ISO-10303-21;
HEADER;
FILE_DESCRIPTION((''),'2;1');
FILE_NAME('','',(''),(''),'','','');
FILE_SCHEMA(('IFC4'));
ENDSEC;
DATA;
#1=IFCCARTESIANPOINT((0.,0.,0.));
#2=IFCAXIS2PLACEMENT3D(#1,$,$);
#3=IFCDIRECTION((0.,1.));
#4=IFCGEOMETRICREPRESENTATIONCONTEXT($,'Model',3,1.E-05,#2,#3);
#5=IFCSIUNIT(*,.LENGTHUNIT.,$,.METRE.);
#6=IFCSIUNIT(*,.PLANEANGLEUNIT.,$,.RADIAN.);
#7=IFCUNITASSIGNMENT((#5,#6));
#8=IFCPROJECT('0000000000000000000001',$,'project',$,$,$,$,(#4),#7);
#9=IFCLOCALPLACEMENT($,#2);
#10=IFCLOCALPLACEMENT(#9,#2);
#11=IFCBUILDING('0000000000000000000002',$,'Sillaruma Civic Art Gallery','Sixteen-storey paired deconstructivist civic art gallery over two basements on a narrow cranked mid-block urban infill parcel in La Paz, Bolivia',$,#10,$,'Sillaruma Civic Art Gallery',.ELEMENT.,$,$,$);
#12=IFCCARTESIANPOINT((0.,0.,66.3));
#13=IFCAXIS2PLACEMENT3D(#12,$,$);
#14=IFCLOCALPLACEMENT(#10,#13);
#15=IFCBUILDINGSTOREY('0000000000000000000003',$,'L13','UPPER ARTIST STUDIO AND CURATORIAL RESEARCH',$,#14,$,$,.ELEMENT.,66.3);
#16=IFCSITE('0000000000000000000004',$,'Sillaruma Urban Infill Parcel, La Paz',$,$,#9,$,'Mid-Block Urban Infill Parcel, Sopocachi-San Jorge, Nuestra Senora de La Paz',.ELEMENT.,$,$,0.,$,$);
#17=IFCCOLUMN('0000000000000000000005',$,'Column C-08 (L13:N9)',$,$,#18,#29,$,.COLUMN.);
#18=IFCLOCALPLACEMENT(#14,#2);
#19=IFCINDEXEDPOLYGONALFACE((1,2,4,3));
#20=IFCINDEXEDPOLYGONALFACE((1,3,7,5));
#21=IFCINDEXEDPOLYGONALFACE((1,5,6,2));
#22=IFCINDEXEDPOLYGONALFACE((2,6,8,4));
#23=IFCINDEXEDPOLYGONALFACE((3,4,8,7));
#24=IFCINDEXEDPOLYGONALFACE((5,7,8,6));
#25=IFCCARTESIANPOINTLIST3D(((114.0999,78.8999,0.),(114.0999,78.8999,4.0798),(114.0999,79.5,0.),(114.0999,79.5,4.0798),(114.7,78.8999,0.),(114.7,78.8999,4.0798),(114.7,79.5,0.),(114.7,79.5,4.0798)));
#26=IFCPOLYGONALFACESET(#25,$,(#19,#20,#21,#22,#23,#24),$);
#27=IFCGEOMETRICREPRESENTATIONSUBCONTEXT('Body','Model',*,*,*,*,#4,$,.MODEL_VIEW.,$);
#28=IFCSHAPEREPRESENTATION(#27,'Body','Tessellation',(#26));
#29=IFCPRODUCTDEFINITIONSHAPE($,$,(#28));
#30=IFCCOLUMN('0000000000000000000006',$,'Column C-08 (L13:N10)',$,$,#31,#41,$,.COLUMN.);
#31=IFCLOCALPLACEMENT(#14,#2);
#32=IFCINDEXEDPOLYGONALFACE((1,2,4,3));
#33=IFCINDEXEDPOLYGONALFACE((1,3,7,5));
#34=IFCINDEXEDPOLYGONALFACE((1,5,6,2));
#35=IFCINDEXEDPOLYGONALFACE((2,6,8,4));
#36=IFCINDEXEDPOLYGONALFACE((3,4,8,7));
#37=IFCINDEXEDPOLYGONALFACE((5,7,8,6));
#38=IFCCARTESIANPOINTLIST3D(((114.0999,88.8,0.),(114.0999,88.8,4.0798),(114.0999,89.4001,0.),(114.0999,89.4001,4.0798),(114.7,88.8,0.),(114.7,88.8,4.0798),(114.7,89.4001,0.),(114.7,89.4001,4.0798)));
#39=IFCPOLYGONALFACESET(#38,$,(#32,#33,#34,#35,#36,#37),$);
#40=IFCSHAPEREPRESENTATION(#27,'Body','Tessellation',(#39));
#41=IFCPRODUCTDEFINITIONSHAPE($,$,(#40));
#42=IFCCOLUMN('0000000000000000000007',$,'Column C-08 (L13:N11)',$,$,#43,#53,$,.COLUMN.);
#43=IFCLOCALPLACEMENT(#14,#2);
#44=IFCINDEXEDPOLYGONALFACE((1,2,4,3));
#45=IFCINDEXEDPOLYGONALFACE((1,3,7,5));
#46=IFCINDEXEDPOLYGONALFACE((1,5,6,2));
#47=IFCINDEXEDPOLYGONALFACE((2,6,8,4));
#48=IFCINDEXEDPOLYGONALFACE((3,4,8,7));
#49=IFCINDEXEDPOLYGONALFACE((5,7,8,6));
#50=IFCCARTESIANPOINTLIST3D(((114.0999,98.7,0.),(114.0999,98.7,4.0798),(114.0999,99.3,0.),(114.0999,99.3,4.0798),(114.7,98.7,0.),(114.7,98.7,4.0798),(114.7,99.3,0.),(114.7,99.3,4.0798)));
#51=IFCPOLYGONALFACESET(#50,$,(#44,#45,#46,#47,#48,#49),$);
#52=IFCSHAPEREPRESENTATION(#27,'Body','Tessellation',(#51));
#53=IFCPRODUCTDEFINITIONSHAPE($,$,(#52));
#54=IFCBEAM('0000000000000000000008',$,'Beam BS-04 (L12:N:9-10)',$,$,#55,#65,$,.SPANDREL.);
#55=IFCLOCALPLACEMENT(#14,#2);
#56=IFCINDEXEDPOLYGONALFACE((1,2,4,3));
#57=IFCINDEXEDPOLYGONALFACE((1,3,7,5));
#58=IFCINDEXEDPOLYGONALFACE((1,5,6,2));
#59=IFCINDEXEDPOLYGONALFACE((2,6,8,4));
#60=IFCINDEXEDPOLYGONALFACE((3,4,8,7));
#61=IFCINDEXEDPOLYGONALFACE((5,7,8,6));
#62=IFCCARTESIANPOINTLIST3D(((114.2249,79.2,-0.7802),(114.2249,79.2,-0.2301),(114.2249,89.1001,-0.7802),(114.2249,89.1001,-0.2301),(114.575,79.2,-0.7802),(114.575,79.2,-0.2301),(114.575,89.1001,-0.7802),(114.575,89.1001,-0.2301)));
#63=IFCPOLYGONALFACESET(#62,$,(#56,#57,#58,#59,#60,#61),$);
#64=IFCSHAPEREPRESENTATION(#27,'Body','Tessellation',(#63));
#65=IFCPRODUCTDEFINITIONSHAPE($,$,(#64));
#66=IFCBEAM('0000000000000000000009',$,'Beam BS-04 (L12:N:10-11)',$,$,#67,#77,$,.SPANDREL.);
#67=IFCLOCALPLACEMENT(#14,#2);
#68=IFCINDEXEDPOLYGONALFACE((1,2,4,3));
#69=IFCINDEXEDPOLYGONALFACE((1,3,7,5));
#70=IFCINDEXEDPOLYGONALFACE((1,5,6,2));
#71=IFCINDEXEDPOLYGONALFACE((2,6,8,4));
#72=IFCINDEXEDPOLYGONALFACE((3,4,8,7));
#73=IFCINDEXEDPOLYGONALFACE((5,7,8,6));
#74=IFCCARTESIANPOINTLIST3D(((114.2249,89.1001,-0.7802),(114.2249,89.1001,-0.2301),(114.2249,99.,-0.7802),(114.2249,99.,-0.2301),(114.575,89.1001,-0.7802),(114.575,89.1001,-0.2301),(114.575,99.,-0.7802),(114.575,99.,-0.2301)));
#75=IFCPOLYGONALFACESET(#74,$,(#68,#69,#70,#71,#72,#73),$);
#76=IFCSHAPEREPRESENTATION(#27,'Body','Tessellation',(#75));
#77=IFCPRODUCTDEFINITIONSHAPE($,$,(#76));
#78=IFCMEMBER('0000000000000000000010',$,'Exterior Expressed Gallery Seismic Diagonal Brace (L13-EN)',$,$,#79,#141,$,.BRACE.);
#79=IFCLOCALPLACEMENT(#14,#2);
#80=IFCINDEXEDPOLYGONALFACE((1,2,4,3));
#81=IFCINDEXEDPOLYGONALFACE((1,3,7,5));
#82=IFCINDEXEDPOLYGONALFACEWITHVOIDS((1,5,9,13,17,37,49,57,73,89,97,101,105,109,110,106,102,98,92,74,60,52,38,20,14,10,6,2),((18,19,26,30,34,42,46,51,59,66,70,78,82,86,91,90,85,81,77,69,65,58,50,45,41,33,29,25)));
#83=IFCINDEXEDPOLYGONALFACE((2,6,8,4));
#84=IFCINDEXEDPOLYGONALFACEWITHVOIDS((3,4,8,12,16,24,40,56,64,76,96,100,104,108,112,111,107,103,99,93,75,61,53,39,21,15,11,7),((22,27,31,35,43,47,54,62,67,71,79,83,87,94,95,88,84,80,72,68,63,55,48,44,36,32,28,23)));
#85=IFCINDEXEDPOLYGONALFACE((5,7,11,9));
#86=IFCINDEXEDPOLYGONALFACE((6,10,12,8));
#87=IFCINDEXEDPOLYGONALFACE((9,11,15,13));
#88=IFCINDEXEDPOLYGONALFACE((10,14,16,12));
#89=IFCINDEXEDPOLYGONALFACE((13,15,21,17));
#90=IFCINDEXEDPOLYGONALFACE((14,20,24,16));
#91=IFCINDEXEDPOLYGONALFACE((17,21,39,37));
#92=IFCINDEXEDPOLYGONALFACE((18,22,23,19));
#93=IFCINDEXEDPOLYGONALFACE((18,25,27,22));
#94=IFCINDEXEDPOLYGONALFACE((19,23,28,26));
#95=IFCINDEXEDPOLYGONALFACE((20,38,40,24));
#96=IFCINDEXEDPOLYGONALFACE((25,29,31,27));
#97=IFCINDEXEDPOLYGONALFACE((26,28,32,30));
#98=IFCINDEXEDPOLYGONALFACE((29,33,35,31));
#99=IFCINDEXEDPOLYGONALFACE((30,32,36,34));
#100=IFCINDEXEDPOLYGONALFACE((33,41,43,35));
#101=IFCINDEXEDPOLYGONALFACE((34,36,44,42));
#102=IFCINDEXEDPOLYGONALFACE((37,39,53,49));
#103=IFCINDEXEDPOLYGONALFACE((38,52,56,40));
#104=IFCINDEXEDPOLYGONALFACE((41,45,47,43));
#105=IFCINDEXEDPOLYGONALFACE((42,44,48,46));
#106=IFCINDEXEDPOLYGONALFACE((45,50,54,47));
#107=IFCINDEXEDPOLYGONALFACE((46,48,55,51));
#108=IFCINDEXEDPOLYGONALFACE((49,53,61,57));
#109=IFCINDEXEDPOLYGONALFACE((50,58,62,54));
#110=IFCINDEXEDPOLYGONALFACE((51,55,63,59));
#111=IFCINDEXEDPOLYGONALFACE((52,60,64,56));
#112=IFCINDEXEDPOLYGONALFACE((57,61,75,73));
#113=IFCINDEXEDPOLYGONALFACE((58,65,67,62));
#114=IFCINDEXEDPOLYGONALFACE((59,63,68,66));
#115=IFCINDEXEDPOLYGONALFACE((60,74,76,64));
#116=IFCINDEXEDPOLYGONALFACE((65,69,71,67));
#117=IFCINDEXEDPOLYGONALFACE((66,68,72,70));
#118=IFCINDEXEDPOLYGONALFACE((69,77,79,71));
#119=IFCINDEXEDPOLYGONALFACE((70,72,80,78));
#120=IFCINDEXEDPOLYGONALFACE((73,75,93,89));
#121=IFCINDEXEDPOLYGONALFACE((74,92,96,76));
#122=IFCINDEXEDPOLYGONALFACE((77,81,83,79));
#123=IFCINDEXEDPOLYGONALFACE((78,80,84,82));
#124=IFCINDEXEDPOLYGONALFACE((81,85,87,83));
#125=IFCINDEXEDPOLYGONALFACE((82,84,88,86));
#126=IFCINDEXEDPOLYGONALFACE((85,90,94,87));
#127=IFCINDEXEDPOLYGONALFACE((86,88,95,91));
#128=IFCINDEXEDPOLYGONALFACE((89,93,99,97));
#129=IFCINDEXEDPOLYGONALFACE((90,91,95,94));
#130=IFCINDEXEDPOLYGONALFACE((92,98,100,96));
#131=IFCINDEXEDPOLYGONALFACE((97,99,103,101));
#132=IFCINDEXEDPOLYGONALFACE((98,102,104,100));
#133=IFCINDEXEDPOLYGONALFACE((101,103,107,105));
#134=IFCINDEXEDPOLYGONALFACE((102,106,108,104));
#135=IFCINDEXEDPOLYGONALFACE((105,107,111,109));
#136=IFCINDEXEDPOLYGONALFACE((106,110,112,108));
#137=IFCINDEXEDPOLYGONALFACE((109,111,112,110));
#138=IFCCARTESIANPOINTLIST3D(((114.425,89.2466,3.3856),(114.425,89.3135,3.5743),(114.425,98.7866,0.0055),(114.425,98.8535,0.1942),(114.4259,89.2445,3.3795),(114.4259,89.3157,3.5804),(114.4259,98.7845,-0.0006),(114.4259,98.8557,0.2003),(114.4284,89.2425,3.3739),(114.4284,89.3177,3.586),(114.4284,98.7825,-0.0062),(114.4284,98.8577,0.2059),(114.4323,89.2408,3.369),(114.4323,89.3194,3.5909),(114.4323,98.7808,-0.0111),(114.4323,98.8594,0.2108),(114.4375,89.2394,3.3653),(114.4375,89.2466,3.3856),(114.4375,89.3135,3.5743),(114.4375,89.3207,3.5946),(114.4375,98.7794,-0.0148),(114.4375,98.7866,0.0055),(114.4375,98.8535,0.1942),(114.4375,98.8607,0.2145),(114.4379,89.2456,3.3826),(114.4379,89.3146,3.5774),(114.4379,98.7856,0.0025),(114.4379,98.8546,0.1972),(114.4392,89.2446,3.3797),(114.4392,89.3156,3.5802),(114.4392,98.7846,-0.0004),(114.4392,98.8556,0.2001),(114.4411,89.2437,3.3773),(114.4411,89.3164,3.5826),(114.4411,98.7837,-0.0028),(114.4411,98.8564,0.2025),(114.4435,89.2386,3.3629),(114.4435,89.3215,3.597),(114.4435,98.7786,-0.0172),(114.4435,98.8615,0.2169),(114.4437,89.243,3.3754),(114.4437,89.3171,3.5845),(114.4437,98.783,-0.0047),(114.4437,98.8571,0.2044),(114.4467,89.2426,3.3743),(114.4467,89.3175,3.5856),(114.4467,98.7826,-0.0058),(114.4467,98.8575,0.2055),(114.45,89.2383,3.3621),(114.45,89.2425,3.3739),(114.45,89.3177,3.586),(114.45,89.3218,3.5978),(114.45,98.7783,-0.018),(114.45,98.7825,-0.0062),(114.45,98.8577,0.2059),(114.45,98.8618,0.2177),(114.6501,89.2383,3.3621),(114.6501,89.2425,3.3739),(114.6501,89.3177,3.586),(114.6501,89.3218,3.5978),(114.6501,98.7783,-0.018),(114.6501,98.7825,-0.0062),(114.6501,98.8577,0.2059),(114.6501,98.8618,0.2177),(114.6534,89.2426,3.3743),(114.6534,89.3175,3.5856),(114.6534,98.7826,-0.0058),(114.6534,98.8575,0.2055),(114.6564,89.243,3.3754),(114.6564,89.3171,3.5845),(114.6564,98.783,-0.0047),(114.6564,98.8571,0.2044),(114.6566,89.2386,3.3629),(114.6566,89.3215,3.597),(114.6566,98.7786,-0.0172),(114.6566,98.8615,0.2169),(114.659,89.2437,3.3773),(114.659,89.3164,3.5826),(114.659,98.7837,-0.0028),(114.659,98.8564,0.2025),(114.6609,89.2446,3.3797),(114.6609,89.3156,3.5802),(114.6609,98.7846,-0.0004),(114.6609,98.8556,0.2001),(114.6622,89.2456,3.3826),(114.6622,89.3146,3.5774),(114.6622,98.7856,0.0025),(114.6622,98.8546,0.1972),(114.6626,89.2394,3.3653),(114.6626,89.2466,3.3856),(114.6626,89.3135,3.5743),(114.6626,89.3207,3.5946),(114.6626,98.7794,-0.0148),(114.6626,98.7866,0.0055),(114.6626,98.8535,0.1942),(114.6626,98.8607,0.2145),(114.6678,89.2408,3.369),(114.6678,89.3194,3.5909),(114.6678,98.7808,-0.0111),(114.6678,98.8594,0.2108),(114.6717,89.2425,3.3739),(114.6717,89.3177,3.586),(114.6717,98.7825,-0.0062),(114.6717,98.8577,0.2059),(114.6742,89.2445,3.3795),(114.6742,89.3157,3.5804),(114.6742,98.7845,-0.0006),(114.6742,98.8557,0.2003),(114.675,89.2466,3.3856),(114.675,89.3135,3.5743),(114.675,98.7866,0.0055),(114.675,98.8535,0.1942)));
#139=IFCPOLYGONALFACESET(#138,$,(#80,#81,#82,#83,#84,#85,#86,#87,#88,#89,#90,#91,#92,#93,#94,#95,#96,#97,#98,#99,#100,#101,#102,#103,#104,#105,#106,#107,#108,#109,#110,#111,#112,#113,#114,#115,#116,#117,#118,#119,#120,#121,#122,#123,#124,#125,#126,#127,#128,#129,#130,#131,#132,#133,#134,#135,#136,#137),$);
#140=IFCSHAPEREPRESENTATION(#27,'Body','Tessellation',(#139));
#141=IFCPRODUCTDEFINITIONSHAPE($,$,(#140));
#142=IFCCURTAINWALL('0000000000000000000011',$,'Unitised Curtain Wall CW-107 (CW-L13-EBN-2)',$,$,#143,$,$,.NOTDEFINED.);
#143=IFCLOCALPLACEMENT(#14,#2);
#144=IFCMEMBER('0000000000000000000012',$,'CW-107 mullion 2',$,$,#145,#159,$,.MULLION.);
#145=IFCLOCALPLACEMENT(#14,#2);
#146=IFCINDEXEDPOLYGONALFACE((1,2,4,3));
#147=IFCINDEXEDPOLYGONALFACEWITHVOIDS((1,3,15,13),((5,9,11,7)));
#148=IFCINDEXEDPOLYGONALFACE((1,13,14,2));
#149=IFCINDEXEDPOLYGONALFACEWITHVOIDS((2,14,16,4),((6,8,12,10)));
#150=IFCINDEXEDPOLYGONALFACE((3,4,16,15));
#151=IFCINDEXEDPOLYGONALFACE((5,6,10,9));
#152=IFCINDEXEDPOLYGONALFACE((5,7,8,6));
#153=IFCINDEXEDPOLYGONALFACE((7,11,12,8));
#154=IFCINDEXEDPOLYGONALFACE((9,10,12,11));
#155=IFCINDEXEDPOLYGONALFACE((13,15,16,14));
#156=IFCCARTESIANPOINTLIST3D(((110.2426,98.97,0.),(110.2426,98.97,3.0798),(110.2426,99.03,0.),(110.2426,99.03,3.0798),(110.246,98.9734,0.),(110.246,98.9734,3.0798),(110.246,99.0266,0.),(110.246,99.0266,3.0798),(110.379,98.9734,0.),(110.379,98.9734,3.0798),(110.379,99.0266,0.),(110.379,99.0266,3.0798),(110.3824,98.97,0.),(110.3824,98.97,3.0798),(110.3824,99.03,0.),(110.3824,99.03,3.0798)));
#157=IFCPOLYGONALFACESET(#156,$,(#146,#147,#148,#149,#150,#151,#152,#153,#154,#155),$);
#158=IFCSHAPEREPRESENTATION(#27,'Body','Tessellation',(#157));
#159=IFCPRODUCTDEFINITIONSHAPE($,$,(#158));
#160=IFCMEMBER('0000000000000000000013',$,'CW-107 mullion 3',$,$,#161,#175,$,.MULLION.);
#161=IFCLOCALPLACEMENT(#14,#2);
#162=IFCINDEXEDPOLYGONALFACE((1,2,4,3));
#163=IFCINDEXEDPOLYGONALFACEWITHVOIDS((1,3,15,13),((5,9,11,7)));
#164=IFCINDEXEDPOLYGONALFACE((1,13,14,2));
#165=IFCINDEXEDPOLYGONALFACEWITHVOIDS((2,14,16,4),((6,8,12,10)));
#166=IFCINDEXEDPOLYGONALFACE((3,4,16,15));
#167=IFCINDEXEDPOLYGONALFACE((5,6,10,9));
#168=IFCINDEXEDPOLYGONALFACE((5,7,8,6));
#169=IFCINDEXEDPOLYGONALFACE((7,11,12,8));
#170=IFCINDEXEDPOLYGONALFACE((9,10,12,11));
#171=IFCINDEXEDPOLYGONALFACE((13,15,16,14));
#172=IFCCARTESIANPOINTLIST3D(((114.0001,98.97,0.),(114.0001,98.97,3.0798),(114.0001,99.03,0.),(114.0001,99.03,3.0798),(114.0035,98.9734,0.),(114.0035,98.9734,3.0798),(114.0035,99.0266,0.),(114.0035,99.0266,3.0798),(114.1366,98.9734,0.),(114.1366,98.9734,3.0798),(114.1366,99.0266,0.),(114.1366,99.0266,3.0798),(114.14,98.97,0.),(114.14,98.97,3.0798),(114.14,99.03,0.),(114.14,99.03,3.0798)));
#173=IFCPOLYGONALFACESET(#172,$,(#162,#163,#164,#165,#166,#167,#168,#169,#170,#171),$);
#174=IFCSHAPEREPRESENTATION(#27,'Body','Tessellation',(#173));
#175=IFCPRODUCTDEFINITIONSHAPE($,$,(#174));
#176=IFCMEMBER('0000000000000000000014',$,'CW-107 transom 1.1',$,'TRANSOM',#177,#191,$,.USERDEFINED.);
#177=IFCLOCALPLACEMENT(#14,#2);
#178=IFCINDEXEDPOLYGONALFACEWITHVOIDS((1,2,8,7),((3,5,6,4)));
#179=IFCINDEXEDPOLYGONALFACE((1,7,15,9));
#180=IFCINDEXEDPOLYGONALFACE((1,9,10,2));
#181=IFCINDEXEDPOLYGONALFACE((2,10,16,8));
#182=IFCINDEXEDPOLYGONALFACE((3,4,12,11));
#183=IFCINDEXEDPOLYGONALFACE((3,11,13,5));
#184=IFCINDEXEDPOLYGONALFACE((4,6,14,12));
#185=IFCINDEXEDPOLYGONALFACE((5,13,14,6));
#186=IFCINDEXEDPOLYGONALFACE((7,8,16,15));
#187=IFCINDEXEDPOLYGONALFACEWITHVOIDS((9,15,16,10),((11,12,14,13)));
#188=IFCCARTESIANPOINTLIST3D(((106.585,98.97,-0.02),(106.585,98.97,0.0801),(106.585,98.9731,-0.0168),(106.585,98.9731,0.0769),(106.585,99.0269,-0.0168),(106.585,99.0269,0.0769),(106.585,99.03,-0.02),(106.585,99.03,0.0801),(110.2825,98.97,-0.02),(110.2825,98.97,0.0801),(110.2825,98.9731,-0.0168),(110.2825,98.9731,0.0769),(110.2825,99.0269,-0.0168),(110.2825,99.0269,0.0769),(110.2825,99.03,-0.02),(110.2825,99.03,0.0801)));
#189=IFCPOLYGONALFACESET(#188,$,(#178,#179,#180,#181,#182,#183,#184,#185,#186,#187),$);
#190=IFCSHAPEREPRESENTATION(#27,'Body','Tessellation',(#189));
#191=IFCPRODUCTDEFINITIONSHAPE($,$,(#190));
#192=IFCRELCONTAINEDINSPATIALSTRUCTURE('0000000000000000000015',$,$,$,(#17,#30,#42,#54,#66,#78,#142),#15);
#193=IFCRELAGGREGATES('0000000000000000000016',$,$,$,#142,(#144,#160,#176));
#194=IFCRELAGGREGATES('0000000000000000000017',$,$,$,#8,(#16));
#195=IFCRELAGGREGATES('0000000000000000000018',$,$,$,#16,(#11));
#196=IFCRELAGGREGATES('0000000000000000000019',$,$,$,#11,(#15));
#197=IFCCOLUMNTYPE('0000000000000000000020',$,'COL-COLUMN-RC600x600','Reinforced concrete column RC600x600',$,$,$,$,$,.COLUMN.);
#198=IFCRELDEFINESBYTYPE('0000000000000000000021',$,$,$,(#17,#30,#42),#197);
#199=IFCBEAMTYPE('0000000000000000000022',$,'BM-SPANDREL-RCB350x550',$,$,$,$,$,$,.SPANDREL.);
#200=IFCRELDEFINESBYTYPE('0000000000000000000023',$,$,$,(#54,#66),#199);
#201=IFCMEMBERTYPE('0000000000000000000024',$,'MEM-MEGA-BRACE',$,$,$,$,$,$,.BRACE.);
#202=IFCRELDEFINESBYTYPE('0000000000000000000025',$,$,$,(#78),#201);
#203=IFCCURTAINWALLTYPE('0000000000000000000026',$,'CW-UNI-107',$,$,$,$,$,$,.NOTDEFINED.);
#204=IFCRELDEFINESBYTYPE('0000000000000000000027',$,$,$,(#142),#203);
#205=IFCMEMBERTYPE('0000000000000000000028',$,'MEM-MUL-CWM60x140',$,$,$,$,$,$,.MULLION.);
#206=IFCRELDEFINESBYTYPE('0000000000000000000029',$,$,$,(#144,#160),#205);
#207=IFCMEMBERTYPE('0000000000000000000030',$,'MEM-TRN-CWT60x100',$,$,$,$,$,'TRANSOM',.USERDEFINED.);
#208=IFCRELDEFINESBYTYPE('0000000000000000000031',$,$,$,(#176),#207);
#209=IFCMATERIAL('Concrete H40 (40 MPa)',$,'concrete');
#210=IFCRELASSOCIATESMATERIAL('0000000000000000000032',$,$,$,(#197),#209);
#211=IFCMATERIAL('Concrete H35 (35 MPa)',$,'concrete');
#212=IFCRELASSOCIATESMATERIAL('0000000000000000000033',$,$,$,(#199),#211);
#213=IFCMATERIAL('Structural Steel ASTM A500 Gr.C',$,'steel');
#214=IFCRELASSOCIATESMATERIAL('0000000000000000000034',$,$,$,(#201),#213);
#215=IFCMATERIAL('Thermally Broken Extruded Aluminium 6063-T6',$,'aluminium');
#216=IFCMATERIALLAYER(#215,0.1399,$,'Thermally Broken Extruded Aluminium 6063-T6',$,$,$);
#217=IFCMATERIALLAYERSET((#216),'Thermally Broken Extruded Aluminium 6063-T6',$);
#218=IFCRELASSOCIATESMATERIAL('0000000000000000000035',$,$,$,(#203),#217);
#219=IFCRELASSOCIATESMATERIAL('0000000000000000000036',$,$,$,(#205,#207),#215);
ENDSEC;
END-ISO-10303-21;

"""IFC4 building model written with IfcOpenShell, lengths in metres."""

from ifc_helpers import new_model, si_unit, direction, frame, origin, origin_2d, place, context, subcontext, project, spatial, rectangle, hollow_rectangle, extrude, material, layer, layer_set, material_profile, profile_set, type_object, element, aggregate, save


model = new_model("IFC4")

# Units and contexts
model_context = context("Model", 3, precision=1e-05, world=origin(), true_north=direction((0.0, 1.0)))
body_context = subcontext(model_context, "Body", "Model", "MODEL_VIEW")
ifc_project = project(units=[si_unit("LENGTHUNIT", "METRE"), si_unit("PLANEANGLEUNIT", "RADIAN")], contexts=[model_context])

# Site, building, storey
site_placement = place(None, origin())
site = spatial("IfcSite", under=ifc_project, at=site_placement, Name="Sillaruma Urban Infill Parcel, La Paz", LongName="Mid-Block Urban Infill Parcel, Sopocachi-San Jorge, Nuestra Senora de La Paz", CompositionType="ELEMENT", RefElevation=0.0)
building_placement = place(site_placement, origin())
building = spatial("IfcBuilding", under=site, at=building_placement, Name="Sillaruma Civic Art Gallery", Description="Sixteen-storey paired deconstructivist civic art gallery over two basements on a narrow cranked mid-block urban infill parcel in La Paz, Bolivia", LongName="Sillaruma Civic Art Gallery", CompositionType="ELEMENT")
storey_placement = place(building_placement, frame((0.0, 0.0, 66.3)))
storey = spatial("IfcBuildingStorey", under=building, at=storey_placement, Name="L13", Description="UPPER ARTIST STUDIO AND CURATORIAL RESEARCH", CompositionType="ELEMENT", Elevation=66.3)

# Columns
ifc_material_1 = material(Name="Concrete H40 (40 MPa)", Category="concrete")
ifc_material_profile_1 = material_profile(ifc_material_1, rectangle(XDim=0.6001, YDim=0.6001, at=origin_2d()), Name="RC600x600")
ifc_profile_set_1 = profile_set([ifc_material_profile_1], Name="Concrete H40 (40 MPa)")
column_type = type_object("IfcColumnType", Name="COL-COLUMN-RC600x600", Description="Reinforced concrete column RC600x600", PredefinedType="COLUMN", material=ifc_profile_set_1)
for number, where, z_axis, x_axis, name in (
    (1, (114.3999, 79.2, 0.0), (0.0, 0.0, 1.0), (1.0, 0.0, 0.0), "Column C-08 (L13:N9)"),
    (2, (114.3999, 89.1001, 0.0), (0.0, 0.0, 1.0), (1.0, 0.0, 0.0), "Column C-08 (L13:N10)"),
    (3, (114.3999, 99.0, 0.0), (0.0, 0.0, 1.0), (1.0, 0.0, 0.0), "Column C-08 (L13:N11)"),
):
    element("IfcColumn", number, at=place(storey_placement, frame(where, z_axis=z_axis, x_axis=x_axis)), inside=storey, type_object=column_type, Name=name, PredefinedType="COLUMN", context=body_context, shape_type="SweptSolid", body=[
        extrude(rectangle(XDim=0.6001, YDim=0.6001, at=origin_2d()), origin(), (0.0, 0.0, 1.0), 4.0798),
    ])

# Beams
ifc_material_2 = material(Name="Concrete H35 (35 MPa)", Category="concrete")
ifc_material_profile_2 = material_profile(ifc_material_2, rectangle(XDim=0.3501, YDim=0.55, at=origin_2d()), Name="RCB350x550")
ifc_profile_set_2 = profile_set([ifc_material_profile_2], Name="Concrete H35 (35 MPa)")
beam_type = type_object("IfcBeamType", Name="BM-SPANDREL-RCB350x550", PredefinedType="SPANDREL", material=ifc_profile_set_2)
beam_1_placement = place(storey_placement, frame((114.3999, 79.2, -0.5051), z_axis=(0.0, 1.0, 0.0), x_axis=(-1.0, 0.0, 0.0)))
element("IfcBeam", 4, at=beam_1_placement, inside=storey, type_object=beam_type, Name="Beam BS-04 (L12:N:9-10)", PredefinedType="SPANDREL", context=body_context, shape_type="SweptSolid", body=[
    extrude(rectangle(XDim=0.3501, YDim=0.55, at=origin_2d()), origin(), (0.0, 0.0, 1.0), 9.9001),
])
beam_2_placement = place(storey_placement, frame((114.3999, 89.1001, -0.5051), z_axis=(0.0, 1.0, 0.0), x_axis=(-1.0, 0.0, 0.0)))
element("IfcBeam", 5, at=beam_2_placement, inside=storey, type_object=beam_type, Name="Beam BS-04 (L12:N:10-11)", PredefinedType="SPANDREL", context=body_context, shape_type="SweptSolid", body=[
    extrude(rectangle(XDim=0.3501, YDim=0.55, at=origin_2d()), origin(), (0.0, 0.0, 1.0), 9.8999),
])

# Member
ifc_material_3 = material(Name="Structural Steel ASTM A500 Gr.C", Category="steel")
ifc_material_profile_3 = material_profile(ifc_material_3, hollow_rectangle(XDim=0.25, YDim=0.25, WallThickness=0.0125, InnerFilletRadius=0.0125, OuterFilletRadius=0.0249, at=origin_2d()), Name="HSS250x250x12.5")
ifc_profile_set_3 = profile_set([ifc_material_profile_3], Name="Structural Steel ASTM A500 Gr.C")
member_type_1 = type_object("IfcMemberType", Name="MEM-MEGA-BRACE", PredefinedType="BRACE", material=ifc_profile_set_3)
member_1_placement = place(storey_placement, frame((114.55, 98.8201, 0.0999), z_axis=(0.0, -0.942585, 0.333967), x_axis=(1.0, 0.0, 0.0)))
element("IfcMember", 6, at=member_1_placement, inside=storey, type_object=member_type_1, Name="Exterior Expressed Gallery Seismic Diagonal Brace (L13-EN)", PredefinedType="BRACE", context=body_context, shape_type="SweptSolid", body=[
    extrude(hollow_rectangle(XDim=0.25, YDim=0.25, WallThickness=0.0125, InnerFilletRadius=0.0125, OuterFilletRadius=0.0249, at=origin_2d()), origin(), (0.0, 0.0, 1.0), 10.1211),
])

# Curtain wall, members
ifc_material_4 = material(Name="Thermally Broken Extruded Aluminium 6063-T6", Category="aluminium")
ifc_layer_1 = layer(ifc_material_4, 0.1399, Name="Thermally Broken Extruded Aluminium 6063-T6")
ifc_layer_set_1 = layer_set([ifc_layer_1], Name="Thermally Broken Extruded Aluminium 6063-T6")
curtain_wall_type = type_object("IfcCurtainWallType", Name="CW-UNI-107", PredefinedType="NOTDEFINED", material=ifc_layer_set_1)
curtain_wall_placement = place(storey_placement, origin())
curtain_wall = element("IfcCurtainWall", 7, at=curtain_wall_placement, inside=storey, type_object=curtain_wall_type, Name="Unitised Curtain Wall CW-107 (CW-L13-EBN-2)", PredefinedType="NOTDEFINED")
ifc_material_profile_4 = material_profile(ifc_material_4, hollow_rectangle(XDim=0.0601, YDim=0.1399, WallThickness=0.0034, at=origin_2d()), Name="CWM60x140")
ifc_profile_set_4 = profile_set([ifc_material_profile_4], Name="Thermally Broken Extruded Aluminium 6063-T6")
member_type_2 = type_object("IfcMemberType", Name="MEM-MUL-CWM60x140", PredefinedType="MULLION", material=ifc_profile_set_4)
member_2_placement = place(storey_placement, frame((110.3125, 99.0, 0.0), z_axis=(0.0, 0.0, 1.0), x_axis=(0.0, 1.0, 0.0)))
member_2 = element("IfcMember", 8, at=member_2_placement, type_object=member_type_2, Name="CW-107 mullion 2", PredefinedType="MULLION", context=body_context, shape_type="SweptSolid", body=[
    extrude(hollow_rectangle(XDim=0.0601, YDim=0.1399, WallThickness=0.0034, at=origin_2d()), origin(), (0.0, 0.0, 1.0), 3.0798),
])
member_3_placement = place(storey_placement, frame((114.0701, 99.0, 0.0), z_axis=(0.0, 0.0, 1.0), x_axis=(0.0, 1.0, 0.0)))
member_3 = element("IfcMember", 9, at=member_3_placement, type_object=member_type_2, Name="CW-107 mullion 3", PredefinedType="MULLION", context=body_context, shape_type="SweptSolid", body=[
    extrude(hollow_rectangle(XDim=0.0601, YDim=0.1399, WallThickness=0.0034, at=origin_2d()), origin(), (0.0, 0.0, 1.0), 3.0798),
])
ifc_material_profile_5 = material_profile(ifc_material_4, hollow_rectangle(XDim=0.0601, YDim=0.1001, WallThickness=0.0032, at=origin_2d()), Name="CWT60x100")
ifc_profile_set_5 = profile_set([ifc_material_profile_5], Name="Thermally Broken Extruded Aluminium 6063-T6")
member_type_3 = type_object("IfcMemberType", Name="MEM-TRN-CWT60x100", ElementType="TRANSOM", PredefinedType="USERDEFINED", material=ifc_profile_set_5)
member_4_placement = place(storey_placement, frame((106.585, 99.0, 0.03), z_axis=(1.0, 0.0, 0.0), x_axis=(0.0, 1.0, 0.0)))
member_4 = element("IfcMember", 10, at=member_4_placement, type_object=member_type_3, Name="CW-107 transom 1.1", ObjectType="TRANSOM", PredefinedType="USERDEFINED", context=body_context, shape_type="SweptSolid", body=[
    extrude(hollow_rectangle(XDim=0.0601, YDim=0.1001, WallThickness=0.0032, at=origin_2d()), origin(), (0.0, 0.0, 1.0), 3.6975),
])
aggregate(curtain_wall, [member_2, member_3, member_4])

save(model, "model.ifc")
